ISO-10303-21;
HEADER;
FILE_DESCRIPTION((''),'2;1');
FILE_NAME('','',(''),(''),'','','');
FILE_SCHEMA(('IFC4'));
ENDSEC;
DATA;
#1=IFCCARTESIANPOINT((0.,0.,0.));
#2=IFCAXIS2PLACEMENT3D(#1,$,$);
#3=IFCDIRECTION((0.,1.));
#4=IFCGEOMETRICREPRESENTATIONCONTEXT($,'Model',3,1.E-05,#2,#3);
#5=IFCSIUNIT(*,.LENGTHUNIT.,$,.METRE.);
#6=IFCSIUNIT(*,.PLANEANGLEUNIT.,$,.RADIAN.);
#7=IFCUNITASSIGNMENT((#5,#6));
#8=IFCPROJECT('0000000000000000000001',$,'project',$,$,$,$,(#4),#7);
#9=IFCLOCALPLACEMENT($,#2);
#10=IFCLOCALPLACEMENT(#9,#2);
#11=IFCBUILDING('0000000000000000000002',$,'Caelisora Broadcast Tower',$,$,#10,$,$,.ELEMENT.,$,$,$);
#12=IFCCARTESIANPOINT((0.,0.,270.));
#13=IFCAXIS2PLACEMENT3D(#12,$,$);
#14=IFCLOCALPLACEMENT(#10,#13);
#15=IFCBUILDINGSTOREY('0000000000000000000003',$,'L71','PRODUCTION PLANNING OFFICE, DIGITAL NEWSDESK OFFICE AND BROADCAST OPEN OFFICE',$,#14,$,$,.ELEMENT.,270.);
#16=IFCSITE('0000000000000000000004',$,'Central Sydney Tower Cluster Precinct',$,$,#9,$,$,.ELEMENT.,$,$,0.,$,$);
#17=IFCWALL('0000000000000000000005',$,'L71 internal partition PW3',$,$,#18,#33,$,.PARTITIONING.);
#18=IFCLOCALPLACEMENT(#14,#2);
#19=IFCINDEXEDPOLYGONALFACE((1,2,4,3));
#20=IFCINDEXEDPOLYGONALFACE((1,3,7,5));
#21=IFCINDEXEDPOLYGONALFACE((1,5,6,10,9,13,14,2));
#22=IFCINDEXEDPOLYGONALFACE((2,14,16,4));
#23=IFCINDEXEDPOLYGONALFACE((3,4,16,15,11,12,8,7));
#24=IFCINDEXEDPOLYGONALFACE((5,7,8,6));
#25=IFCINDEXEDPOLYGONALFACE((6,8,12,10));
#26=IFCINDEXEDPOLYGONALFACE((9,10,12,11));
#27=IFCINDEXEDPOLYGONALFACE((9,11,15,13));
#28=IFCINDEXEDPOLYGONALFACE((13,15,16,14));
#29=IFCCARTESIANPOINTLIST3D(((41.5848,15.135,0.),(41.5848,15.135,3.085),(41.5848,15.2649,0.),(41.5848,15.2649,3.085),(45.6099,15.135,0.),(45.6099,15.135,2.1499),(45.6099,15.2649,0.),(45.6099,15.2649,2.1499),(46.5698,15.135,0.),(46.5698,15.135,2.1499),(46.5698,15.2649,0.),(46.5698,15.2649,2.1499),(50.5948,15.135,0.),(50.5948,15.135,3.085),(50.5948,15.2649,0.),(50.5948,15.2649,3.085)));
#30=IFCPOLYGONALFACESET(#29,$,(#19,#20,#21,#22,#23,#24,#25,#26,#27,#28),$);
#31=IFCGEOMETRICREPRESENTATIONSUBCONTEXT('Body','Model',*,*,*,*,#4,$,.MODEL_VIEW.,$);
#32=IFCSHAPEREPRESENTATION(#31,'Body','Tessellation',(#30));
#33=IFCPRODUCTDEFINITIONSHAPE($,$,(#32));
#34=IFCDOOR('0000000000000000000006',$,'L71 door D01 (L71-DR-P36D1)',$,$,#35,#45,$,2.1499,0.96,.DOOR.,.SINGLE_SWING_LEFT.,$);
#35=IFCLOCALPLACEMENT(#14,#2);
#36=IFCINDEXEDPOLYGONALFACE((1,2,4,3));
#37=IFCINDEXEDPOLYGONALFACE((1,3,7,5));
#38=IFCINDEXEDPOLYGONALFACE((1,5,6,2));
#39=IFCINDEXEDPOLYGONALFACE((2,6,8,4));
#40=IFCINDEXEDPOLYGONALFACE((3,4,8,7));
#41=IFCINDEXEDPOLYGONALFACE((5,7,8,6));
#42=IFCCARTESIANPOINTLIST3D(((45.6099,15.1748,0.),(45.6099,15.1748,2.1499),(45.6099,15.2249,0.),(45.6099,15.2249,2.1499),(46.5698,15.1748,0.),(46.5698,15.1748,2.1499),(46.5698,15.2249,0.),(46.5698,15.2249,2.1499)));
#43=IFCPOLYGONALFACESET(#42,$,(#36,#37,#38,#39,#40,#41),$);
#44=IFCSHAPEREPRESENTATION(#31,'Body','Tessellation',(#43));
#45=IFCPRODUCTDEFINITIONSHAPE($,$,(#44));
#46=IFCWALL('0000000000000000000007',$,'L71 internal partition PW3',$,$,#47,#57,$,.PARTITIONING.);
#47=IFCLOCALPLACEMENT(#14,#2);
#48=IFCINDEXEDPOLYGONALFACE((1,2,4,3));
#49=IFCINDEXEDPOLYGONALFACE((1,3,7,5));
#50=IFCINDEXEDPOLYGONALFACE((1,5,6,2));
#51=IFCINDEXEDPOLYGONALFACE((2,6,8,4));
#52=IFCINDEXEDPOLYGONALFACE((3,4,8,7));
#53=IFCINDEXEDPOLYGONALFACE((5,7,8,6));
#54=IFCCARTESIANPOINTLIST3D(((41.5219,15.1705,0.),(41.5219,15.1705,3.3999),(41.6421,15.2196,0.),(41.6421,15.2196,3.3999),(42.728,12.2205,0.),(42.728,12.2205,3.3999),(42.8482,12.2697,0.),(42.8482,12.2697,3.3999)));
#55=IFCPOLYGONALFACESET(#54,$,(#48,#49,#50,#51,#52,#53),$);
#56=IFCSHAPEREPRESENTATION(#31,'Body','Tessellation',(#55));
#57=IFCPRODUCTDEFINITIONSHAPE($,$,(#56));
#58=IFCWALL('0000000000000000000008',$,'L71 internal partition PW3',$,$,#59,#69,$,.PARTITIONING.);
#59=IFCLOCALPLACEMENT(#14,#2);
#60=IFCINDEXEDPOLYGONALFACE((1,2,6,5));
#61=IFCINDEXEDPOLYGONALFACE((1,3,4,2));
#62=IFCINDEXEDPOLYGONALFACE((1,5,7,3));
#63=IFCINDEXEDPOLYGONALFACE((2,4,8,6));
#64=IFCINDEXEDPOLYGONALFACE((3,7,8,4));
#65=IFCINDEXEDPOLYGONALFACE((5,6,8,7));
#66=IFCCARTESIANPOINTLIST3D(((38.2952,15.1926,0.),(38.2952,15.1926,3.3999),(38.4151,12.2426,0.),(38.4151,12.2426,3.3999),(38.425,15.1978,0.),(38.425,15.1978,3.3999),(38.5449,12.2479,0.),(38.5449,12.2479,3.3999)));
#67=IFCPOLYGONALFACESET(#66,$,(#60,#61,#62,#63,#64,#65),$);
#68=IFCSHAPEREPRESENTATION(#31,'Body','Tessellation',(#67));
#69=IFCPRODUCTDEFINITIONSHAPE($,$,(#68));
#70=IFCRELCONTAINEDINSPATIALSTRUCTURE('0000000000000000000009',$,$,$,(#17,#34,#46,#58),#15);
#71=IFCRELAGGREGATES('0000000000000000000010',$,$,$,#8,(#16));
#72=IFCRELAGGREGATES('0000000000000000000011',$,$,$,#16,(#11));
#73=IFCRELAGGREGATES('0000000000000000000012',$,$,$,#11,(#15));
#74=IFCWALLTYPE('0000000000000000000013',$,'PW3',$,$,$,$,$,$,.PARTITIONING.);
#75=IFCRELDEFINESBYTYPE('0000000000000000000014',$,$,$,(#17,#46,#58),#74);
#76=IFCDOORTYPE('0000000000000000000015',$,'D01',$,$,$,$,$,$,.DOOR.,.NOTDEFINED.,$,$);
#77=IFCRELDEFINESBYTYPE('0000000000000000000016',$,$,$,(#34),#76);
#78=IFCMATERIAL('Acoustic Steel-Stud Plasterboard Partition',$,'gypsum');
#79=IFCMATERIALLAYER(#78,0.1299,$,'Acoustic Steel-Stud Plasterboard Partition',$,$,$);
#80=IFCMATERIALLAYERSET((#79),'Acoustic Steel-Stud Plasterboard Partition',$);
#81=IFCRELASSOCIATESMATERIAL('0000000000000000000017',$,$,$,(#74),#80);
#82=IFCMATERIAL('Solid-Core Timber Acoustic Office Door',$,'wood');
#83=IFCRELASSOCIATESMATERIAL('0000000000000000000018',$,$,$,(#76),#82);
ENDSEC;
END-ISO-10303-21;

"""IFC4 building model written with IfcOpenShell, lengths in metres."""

from ifc_helpers import new_model, si_unit, direction, frame, frame_2d, origin, place, context, subcontext, project, spatial, rectangle, extrude, material, layer, layer_set, type_object, element, fill, save


model = new_model("IFC4")

# Units and contexts
model_context = context("Model", 3, precision=1e-05, world=origin(), true_north=direction((0.0, 1.0)))
body_context = subcontext(model_context, "Body", "Model", "MODEL_VIEW")
ifc_project = project(units=[si_unit("LENGTHUNIT", "METRE"), si_unit("PLANEANGLEUNIT", "RADIAN")], contexts=[model_context])

# Site, building, storey
site_placement = place(None, origin())
site = spatial("IfcSite", under=ifc_project, at=site_placement, Name="Central Sydney Tower Cluster Precinct", CompositionType="ELEMENT", RefElevation=0.0)
building_placement = place(site_placement, origin())
building = spatial("IfcBuilding", under=site, at=building_placement, Name="Caelisora Broadcast Tower", CompositionType="ELEMENT")
storey_placement = place(building_placement, frame((0.0, 0.0, 270.0)))
storey = spatial("IfcBuildingStorey", under=building, at=storey_placement, Name="L71", Description="PRODUCTION PLANNING OFFICE, DIGITAL NEWSDESK OFFICE AND BROADCAST OPEN OFFICE", CompositionType="ELEMENT", Elevation=270.0)

# Wall, opening, door
ifc_material_1 = material(Name="Acoustic Steel-Stud Plasterboard Partition", Category="gypsum")
ifc_layer_1 = layer(ifc_material_1, 0.1299, Name="Acoustic Steel-Stud Plasterboard Partition")
ifc_layer_set_1 = layer_set([ifc_layer_1], Name="Acoustic Steel-Stud Plasterboard Partition")
wall_type_1 = type_object("IfcWallType", Name="PW3", PredefinedType="PARTITIONING", material=ifc_layer_set_1)
wall_1_placement = place(storey_placement, frame((41.585, 15.2, 0.0), z_axis=(0.0, 0.0, 1.0), x_axis=(1.0, 0.0, 0.0)))
wall_1 = element("IfcWall", 1, at=wall_1_placement, inside=storey, type_object=wall_type_1, Name="L71 internal partition PW3", PredefinedType="PARTITIONING", context=body_context, shape_type="SweptSolid", body=[
    extrude(rectangle(XDim=9.01, YDim=0.1299, at=frame_2d((4.5049, 0.0))), origin(), (0.0, 0.0, 1.0), 3.085),
])
opening_1_placement = place(wall_1_placement, frame((4.0249, 0.0, 0.0)))
opening_1 = element("IfcOpeningElement", 2, at=opening_1_placement, cuts=wall_1, PredefinedType="OPENING", context=body_context, shape_type="SweptSolid", body=[
    extrude(rectangle(XDim=0.96, YDim=2.1499, at=frame_2d((0.48, 1.075))), frame((0.0, 0.0769, 0.0), z_axis=(0.0, -1.0, 0.0), x_axis=(1.0, 0.0, 0.0)), (0.0, 0.0, 1.0), 0.1538),
])
ifc_material_2 = material(Name="Solid-Core Timber Acoustic Office Door", Category="wood")
door_type_1 = type_object("IfcDoorType", Name="D01", OperationType="NOTDEFINED", PredefinedType="DOOR", material=ifc_material_2)
door_1_placement = place(opening_1_placement, origin())
door_1 = element("IfcDoor", 3, at=door_1_placement, inside=storey, type_object=door_type_1, Name="L71 door D01 (L71-DR-P36D1)", OperationType="SINGLE_SWING_LEFT", OverallHeight=2.1499, OverallWidth=0.96, PredefinedType="DOOR", context=body_context, shape_type="SweptSolid", body=[
    extrude(rectangle(XDim=0.96, YDim=2.1499, at=frame_2d((0.48, 1.075))), frame((0.0, 0.0249, 0.0), z_axis=(0.0, -1.0, 0.0), x_axis=(1.0, 0.0, 0.0)), (0.0, 0.0, 1.0), 0.05),
])
fill(opening_1, door_1)

# Walls
wall_2_placement = place(storey_placement, frame((41.582, 15.1951, 0.0), z_axis=(0.0, 0.0, 1.0), x_axis=(0.378433, -0.925629, 0.0)))
element("IfcWall", 4, at=wall_2_placement, inside=storey, type_object=wall_type_1, Name="L71 internal partition PW3", PredefinedType="PARTITIONING", context=body_context, shape_type="SweptSolid", body=[
    extrude(rectangle(XDim=3.187, YDim=0.1299, at=frame_2d((1.5935, 0.0))), origin(), (0.0, 0.0, 1.0), 3.3999),
])
wall_3_placement = place(storey_placement, frame((38.3601, 15.1951, 0.0), z_axis=(0.0, 0.0, 1.0), x_axis=(0.040602, -0.999175, 0.0)))
element("IfcWall", 5, at=wall_3_placement, inside=storey, type_object=wall_type_1, Name="L71 internal partition PW3", PredefinedType="PARTITIONING", context=body_context, shape_type="SweptSolid", body=[
    extrude(rectangle(XDim=2.9524, YDim=0.1299, at=frame_2d((1.4761, 0.0))), origin(), (0.0, 0.0, 1.0), 3.3999),
])

save(model, "model.ifc")
